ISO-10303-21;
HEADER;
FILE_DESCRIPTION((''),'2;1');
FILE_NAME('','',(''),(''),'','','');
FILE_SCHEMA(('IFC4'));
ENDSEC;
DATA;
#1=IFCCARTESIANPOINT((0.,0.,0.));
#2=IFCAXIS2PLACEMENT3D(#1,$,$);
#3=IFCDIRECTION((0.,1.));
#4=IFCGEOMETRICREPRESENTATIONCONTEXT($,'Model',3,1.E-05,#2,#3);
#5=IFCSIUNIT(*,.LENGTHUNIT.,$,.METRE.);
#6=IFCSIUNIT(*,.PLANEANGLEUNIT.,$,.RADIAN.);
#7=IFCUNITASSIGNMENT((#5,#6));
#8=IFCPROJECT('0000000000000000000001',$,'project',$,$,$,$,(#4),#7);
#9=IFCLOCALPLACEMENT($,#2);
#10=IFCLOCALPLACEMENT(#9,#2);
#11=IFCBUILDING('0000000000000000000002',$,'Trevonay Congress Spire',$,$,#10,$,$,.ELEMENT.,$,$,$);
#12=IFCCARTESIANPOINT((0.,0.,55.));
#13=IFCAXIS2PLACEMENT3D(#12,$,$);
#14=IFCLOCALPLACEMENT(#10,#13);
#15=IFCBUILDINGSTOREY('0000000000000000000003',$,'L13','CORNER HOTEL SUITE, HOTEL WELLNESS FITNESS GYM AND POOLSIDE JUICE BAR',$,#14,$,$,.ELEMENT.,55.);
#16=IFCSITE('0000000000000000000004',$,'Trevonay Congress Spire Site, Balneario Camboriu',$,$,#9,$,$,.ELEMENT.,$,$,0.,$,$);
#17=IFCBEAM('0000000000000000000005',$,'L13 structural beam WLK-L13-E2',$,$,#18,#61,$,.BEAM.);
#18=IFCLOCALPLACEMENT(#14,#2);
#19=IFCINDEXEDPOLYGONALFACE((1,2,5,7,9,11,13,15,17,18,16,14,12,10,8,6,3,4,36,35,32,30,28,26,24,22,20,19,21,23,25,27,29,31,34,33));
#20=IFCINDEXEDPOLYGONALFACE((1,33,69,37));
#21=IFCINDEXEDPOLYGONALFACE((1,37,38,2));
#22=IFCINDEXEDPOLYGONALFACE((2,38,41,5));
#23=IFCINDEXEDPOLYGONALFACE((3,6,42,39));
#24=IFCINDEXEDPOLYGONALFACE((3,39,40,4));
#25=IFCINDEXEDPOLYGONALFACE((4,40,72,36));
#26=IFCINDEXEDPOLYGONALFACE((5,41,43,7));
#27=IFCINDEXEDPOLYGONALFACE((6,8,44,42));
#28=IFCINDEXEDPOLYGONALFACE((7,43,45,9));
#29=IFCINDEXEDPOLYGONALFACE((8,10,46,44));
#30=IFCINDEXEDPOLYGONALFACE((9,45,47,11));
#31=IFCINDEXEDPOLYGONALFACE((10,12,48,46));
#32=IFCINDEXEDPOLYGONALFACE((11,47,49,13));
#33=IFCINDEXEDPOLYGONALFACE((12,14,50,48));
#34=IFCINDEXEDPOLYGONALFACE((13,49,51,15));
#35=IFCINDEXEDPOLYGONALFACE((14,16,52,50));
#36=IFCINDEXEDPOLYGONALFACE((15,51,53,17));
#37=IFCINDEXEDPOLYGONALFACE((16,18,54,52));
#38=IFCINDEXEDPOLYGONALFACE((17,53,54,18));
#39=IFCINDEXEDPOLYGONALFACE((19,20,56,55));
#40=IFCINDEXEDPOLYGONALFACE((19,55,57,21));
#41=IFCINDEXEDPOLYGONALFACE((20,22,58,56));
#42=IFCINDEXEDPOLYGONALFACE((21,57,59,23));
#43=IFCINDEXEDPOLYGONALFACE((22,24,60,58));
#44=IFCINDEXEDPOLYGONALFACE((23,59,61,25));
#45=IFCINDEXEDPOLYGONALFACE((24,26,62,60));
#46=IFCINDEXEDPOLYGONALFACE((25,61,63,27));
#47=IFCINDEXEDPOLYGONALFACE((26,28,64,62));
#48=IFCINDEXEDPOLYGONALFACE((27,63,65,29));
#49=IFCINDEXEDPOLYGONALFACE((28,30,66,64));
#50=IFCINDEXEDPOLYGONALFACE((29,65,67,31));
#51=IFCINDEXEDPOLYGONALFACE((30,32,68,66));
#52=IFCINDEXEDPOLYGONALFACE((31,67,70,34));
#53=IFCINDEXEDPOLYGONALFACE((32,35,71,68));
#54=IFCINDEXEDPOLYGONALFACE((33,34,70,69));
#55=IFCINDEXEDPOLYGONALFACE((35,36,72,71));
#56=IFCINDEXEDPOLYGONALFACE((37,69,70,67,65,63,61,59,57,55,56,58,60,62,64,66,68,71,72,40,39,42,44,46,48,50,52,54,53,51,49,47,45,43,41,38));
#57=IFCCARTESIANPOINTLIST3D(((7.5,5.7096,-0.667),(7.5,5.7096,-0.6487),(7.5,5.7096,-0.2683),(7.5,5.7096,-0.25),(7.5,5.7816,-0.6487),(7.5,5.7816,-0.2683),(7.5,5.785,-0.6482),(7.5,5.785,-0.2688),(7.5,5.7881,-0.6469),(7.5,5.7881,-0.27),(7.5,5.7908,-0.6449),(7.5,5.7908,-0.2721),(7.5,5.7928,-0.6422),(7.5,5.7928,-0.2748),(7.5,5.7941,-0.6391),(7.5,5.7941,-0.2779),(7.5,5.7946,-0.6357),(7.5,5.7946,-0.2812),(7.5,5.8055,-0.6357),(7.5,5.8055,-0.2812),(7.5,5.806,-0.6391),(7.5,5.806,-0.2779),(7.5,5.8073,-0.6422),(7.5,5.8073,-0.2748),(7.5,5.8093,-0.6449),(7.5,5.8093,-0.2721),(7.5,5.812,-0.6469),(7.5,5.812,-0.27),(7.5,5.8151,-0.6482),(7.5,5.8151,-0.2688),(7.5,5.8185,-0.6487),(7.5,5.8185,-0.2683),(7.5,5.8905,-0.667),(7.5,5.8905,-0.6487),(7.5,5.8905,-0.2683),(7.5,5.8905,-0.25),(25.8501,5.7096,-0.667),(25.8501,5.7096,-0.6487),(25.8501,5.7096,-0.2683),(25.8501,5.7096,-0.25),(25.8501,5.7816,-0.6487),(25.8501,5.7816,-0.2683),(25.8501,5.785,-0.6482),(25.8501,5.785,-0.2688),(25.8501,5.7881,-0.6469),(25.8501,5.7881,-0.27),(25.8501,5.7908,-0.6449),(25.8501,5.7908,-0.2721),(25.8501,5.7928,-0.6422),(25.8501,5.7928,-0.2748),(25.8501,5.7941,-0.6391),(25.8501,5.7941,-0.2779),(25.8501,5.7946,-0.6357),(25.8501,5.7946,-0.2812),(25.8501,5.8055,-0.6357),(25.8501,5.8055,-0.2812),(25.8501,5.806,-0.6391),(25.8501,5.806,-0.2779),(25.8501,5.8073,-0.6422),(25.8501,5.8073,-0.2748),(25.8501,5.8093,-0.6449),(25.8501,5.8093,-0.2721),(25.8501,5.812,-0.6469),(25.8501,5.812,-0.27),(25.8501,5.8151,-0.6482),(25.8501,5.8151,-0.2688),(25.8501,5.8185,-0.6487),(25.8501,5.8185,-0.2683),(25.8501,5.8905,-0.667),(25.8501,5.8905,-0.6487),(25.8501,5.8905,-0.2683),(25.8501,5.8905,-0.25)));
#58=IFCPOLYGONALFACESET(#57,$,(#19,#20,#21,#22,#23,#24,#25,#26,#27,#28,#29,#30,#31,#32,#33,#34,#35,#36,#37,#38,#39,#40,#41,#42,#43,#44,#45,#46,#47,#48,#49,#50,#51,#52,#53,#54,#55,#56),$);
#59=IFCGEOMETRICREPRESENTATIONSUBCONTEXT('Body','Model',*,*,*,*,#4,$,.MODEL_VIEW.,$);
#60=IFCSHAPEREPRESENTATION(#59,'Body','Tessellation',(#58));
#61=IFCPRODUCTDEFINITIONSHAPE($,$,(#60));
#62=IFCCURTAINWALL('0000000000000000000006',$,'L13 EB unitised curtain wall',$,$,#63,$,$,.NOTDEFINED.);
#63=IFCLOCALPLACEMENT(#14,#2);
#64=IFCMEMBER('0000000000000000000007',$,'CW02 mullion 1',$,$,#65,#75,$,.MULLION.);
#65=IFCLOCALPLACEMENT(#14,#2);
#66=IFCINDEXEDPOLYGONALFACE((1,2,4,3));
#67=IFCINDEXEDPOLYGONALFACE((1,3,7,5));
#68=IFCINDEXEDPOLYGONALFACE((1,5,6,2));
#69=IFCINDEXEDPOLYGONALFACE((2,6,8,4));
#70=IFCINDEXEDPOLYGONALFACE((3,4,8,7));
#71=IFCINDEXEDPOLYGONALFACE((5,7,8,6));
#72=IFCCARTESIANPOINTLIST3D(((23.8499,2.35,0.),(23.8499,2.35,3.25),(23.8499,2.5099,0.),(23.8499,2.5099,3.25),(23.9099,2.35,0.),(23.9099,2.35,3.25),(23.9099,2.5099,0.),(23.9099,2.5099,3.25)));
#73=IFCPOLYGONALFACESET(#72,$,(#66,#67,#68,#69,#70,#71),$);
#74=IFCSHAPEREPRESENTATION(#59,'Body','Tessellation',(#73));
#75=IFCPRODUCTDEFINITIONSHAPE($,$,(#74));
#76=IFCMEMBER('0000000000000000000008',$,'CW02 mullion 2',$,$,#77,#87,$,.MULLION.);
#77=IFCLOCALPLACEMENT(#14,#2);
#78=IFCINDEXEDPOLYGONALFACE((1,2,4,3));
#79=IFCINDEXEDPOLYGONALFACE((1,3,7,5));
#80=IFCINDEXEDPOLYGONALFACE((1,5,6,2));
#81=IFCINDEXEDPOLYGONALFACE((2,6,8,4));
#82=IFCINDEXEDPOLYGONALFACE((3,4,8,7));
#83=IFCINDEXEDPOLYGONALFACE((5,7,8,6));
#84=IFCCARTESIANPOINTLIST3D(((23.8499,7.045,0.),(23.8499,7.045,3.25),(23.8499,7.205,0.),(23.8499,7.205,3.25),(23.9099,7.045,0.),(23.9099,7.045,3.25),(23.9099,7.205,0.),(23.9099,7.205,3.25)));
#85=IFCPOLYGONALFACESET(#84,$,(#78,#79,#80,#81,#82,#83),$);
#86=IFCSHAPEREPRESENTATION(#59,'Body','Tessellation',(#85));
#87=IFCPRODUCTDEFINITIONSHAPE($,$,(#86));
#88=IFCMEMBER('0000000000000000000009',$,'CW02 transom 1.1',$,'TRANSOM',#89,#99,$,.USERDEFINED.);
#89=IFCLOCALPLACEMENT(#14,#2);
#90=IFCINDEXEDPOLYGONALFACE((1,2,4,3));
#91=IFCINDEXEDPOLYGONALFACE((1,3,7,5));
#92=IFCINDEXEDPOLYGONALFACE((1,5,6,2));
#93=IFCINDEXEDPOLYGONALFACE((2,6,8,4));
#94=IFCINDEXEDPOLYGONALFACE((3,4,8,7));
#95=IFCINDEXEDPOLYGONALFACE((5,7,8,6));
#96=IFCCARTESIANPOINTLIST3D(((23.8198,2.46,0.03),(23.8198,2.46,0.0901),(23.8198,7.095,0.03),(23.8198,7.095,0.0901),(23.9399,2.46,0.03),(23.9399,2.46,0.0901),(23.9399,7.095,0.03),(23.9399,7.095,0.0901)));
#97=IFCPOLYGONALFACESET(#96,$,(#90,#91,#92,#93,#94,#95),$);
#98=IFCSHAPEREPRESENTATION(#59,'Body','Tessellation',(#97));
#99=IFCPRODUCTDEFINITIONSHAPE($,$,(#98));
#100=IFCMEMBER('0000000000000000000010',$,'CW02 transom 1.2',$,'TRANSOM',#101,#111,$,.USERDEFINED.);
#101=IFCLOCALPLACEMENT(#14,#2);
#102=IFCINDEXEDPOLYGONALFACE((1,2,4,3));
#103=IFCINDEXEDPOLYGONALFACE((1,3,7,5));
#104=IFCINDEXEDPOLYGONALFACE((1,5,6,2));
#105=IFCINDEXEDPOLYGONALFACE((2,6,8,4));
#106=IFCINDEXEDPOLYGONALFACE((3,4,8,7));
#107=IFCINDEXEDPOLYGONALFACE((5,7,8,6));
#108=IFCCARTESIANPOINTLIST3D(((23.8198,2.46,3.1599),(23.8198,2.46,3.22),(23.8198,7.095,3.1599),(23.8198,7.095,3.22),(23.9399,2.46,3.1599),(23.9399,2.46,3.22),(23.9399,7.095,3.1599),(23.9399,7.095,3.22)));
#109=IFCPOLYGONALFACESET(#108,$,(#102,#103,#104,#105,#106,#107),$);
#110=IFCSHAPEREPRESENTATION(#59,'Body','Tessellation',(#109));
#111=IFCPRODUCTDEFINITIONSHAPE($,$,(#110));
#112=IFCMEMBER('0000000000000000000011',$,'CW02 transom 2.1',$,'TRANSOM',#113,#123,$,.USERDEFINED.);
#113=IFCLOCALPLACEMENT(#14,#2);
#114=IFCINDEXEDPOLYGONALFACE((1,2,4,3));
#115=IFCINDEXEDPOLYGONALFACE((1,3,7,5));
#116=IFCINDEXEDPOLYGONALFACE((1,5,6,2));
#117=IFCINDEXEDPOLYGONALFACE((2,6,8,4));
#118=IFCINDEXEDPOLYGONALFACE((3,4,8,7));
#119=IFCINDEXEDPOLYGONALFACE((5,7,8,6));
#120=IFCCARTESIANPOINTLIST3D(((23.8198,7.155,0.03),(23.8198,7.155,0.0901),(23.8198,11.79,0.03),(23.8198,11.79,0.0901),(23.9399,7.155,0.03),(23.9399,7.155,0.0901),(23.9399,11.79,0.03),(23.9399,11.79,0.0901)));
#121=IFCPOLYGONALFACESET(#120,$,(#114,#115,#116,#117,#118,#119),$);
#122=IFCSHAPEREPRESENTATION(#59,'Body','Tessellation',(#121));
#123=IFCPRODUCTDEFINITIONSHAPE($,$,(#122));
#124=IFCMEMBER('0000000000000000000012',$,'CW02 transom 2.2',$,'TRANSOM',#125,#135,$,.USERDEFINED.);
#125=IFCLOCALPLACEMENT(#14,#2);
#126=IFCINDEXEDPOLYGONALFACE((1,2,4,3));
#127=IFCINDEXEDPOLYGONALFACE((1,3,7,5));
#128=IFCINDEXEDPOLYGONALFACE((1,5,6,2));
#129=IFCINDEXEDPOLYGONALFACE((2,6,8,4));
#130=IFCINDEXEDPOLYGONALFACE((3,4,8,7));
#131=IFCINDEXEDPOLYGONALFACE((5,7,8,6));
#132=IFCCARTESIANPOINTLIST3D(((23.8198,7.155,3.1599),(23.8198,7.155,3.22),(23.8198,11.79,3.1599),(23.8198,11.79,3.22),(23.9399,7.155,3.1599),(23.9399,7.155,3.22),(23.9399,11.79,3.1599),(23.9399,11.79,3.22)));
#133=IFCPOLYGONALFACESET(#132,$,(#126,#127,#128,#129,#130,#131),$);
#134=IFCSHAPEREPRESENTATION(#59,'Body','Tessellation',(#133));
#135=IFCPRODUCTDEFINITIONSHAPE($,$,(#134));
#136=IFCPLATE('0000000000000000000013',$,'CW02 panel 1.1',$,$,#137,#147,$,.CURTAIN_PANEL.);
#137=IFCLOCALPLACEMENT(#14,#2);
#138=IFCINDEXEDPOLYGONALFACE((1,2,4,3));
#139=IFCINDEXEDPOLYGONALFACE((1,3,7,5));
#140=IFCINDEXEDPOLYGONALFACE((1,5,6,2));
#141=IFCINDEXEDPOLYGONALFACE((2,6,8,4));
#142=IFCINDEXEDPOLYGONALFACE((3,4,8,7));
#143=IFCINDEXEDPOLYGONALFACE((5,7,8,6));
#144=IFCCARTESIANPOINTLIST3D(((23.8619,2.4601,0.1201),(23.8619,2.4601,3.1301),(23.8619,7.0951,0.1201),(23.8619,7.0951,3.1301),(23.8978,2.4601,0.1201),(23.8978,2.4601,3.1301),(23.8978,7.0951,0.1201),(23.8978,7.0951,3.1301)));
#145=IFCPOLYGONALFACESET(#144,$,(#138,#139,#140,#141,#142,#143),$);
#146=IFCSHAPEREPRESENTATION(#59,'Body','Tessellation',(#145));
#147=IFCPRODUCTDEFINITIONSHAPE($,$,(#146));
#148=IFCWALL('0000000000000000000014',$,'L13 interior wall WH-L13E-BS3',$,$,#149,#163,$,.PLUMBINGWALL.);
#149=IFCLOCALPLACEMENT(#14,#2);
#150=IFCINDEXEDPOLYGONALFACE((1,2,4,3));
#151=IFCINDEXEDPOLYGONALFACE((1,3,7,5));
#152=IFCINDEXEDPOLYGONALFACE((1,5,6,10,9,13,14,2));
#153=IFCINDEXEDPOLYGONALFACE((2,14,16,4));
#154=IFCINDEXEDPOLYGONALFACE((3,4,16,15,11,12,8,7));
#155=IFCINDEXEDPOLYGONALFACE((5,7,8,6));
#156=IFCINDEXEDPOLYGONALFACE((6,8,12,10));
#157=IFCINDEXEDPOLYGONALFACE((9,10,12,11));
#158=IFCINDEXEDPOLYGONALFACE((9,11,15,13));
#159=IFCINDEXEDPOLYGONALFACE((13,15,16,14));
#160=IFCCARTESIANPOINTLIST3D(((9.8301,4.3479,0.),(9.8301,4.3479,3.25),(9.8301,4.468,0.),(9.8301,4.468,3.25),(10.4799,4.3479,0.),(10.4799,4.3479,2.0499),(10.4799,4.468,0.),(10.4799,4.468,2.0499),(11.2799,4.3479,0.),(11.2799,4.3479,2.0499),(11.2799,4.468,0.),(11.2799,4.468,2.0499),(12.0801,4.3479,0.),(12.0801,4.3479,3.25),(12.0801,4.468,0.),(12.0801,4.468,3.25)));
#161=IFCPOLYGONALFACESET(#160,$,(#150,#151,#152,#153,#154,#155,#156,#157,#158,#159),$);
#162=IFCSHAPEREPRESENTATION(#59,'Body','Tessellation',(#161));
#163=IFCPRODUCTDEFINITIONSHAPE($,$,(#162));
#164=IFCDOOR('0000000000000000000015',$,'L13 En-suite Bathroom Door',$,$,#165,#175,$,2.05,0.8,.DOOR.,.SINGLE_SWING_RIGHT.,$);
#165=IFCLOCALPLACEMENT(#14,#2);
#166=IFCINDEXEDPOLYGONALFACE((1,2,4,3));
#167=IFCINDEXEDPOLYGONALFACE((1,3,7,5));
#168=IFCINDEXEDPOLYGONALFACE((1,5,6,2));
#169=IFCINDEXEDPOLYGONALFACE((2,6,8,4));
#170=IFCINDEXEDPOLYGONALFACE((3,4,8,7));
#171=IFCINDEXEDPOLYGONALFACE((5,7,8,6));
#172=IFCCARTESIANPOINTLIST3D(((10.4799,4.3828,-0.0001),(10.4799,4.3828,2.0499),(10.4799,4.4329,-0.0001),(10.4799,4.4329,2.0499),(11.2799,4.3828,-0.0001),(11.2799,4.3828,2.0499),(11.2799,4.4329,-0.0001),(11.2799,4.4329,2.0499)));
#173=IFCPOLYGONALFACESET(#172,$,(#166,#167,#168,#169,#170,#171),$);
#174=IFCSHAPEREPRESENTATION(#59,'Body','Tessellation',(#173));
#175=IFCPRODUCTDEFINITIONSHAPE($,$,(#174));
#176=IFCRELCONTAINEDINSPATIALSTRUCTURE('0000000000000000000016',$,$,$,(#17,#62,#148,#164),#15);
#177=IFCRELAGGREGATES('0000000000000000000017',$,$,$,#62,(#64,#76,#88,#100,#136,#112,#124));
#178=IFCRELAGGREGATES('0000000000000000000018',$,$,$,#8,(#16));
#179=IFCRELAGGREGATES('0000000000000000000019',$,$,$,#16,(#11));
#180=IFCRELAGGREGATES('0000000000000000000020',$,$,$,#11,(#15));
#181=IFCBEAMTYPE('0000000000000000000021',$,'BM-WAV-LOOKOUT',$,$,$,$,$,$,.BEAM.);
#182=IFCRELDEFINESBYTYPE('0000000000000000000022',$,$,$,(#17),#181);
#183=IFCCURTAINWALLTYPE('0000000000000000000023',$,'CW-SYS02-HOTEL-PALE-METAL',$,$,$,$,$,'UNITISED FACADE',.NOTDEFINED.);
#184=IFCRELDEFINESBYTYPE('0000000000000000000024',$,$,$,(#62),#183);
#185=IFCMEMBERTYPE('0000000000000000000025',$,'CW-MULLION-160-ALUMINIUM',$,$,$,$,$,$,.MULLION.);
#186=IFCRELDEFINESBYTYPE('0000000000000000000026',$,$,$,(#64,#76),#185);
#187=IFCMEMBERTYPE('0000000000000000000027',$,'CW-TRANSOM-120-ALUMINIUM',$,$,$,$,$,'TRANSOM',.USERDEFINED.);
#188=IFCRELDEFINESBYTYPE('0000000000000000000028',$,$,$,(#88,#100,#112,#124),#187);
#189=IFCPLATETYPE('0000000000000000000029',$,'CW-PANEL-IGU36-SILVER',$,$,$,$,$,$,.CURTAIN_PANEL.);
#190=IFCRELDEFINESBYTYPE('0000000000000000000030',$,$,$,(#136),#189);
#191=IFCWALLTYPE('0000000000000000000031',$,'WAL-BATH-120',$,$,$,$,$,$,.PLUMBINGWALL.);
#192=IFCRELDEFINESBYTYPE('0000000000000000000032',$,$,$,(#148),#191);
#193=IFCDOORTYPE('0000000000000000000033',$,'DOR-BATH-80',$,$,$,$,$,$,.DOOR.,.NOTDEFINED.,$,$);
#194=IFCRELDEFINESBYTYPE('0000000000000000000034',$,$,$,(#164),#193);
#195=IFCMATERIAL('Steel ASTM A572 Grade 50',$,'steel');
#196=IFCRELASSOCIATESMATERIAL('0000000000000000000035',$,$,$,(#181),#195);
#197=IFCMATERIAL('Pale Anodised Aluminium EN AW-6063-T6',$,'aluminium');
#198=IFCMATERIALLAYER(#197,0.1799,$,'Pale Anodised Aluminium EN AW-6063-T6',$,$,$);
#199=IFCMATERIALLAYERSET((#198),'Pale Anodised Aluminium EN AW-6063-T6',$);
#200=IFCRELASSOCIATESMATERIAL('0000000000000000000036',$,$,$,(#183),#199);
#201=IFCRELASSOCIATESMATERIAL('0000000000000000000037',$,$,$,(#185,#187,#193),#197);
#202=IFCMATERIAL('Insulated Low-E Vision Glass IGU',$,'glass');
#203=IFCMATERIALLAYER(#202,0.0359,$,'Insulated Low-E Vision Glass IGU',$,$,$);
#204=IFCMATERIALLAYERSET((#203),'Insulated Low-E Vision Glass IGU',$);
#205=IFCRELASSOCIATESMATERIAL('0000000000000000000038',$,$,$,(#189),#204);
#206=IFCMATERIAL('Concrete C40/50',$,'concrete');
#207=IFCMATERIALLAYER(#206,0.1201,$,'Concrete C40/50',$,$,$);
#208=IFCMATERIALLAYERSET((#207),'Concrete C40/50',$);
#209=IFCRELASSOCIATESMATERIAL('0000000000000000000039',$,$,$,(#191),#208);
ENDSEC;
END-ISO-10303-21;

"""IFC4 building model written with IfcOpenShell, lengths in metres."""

from ifc_helpers import new_model, si_unit, direction, frame, frame_2d, origin, origin_2d, place, context, subcontext, project, spatial, rectangle, i_section, extrude, material, layer, layer_set, material_profile, profile_set, type_object, element, fill, aggregate, save


model = new_model("IFC4")

# Units and contexts
model_context = context("Model", 3, precision=1e-05, world=origin(), true_north=direction((0.0, 1.0)))
body_context = subcontext(model_context, "Body", "Model", "MODEL_VIEW")
ifc_project = project(units=[si_unit("LENGTHUNIT", "METRE"), si_unit("PLANEANGLEUNIT", "RADIAN")], contexts=[model_context])

# Site, building, storey
site_placement = place(None, origin())
site = spatial("IfcSite", under=ifc_project, at=site_placement, Name="Trevonay Congress Spire Site, Balneario Camboriu", CompositionType="ELEMENT", RefElevation=0.0)
building_placement = place(site_placement, origin())
building = spatial("IfcBuilding", under=site, at=building_placement, Name="Trevonay Congress Spire", CompositionType="ELEMENT")
storey_placement = place(building_placement, frame((0.0, 0.0, 55.0)))
storey = spatial("IfcBuildingStorey", under=building, at=storey_placement, Name="L13", Description="CORNER HOTEL SUITE, HOTEL WELLNESS FITNESS GYM AND POOLSIDE JUICE BAR", CompositionType="ELEMENT", Elevation=55.0)

# Shared definitions
ifc_material_1 = material(Name="Steel ASTM A572 Grade 50", Category="steel")

# Beam
ifc_material_profile_1 = material_profile(ifc_material_1, i_section(OverallWidth=0.1809, OverallDepth=0.417, WebThickness=0.011, FlangeThickness=0.0183, FilletRadius=0.0129, at=origin_2d()), Name="W410x85")
ifc_profile_set_1 = profile_set([ifc_material_profile_1], Name="Steel ASTM A572 Grade 50")
beam_type_1 = type_object("IfcBeamType", Name="BM-WAV-LOOKOUT", PredefinedType="BEAM", material=ifc_profile_set_1)
beam_1_placement = place(storey_placement, frame((7.5, 5.8, -0.4585), z_axis=(1.0, 0.0, 0.0), x_axis=(0.0, 1.0, 0.0)))
element("IfcBeam", 1, at=beam_1_placement, inside=storey, type_object=beam_type_1, Name="L13 structural beam WLK-L13-E2", PredefinedType="BEAM", context=body_context, shape_type="SweptSolid", body=[
    extrude(i_section(OverallWidth=0.1809, OverallDepth=0.417, WebThickness=0.011, FlangeThickness=0.0183, FilletRadius=0.0129, at=origin_2d()), origin(), (0.0, 0.0, 1.0), 18.3501),
])

# Curtain wall, members, plate
ifc_material_2 = material(Name="Pale Anodised Aluminium EN AW-6063-T6", Category="aluminium")
ifc_layer_1 = layer(ifc_material_2, 0.1799, Name="Pale Anodised Aluminium EN AW-6063-T6")
ifc_layer_set_1 = layer_set([ifc_layer_1], Name="Pale Anodised Aluminium EN AW-6063-T6")
curtain_wall_type = type_object("IfcCurtainWallType", Name="CW-SYS02-HOTEL-PALE-METAL", ElementType="UNITISED FACADE", PredefinedType="NOTDEFINED", material=ifc_layer_set_1)
curtain_wall_placement = place(storey_placement, origin())
curtain_wall = element("IfcCurtainWall", 2, at=curtain_wall_placement, inside=storey, type_object=curtain_wall_type, Name="L13 EB unitised curtain wall", PredefinedType="NOTDEFINED")
ifc_material_profile_2 = material_profile(ifc_material_2, rectangle(XDim=0.0601, YDim=0.1599, at=origin_2d()), Name="CW-MULLION-160-ALUMINIUM")
ifc_profile_set_2 = profile_set([ifc_material_profile_2], Name="Pale Anodised Aluminium EN AW-6063-T6")
member_type_1 = type_object("IfcMemberType", Name="CW-MULLION-160-ALUMINIUM", PredefinedType="MULLION", material=ifc_profile_set_2)
member_1_placement = place(storey_placement, frame((23.8799, 2.4299, 0.0), z_axis=(0.0, 0.0, 1.0), x_axis=(-1.0, 0.0, 0.0)))
member_1 = element("IfcMember", 3, at=member_1_placement, type_object=member_type_1, Name="CW02 mullion 1", PredefinedType="MULLION", context=body_context, shape_type="SweptSolid", body=[
    extrude(rectangle(XDim=0.0601, YDim=0.1599, at=origin_2d()), origin(), (0.0, 0.0, 1.0), 3.25),
])
member_2_placement = place(storey_placement, frame((23.8799, 7.125, 0.0), z_axis=(0.0, 0.0, 1.0), x_axis=(-1.0, 0.0, 0.0)))
member_2 = element("IfcMember", 4, at=member_2_placement, type_object=member_type_1, Name="CW02 mullion 2", PredefinedType="MULLION", context=body_context, shape_type="SweptSolid", body=[
    extrude(rectangle(XDim=0.0601, YDim=0.1599, at=origin_2d()), origin(), (0.0, 0.0, 1.0), 3.25),
])
ifc_material_profile_3 = material_profile(ifc_material_2, rectangle(XDim=0.1201, YDim=0.0601, at=origin_2d()), Name="CW-TRANSOM-120-ALUMINIUM")
ifc_profile_set_3 = profile_set([ifc_material_profile_3], Name="Pale Anodised Aluminium EN AW-6063-T6")
member_type_2 = type_object("IfcMemberType", Name="CW-TRANSOM-120-ALUMINIUM", ElementType="TRANSOM", PredefinedType="USERDEFINED", material=ifc_profile_set_3)
member_3_placement = place(storey_placement, frame((23.8799, 2.46, 0.0601), z_axis=(0.0, 1.0, 0.0), x_axis=(-1.0, 0.0, 0.0)))
member_3 = element("IfcMember", 5, at=member_3_placement, type_object=member_type_2, Name="CW02 transom 1.1", ObjectType="TRANSOM", PredefinedType="USERDEFINED", context=body_context, shape_type="SweptSolid", body=[
    extrude(rectangle(XDim=0.1201, YDim=0.0601, at=origin_2d()), origin(), (0.0, 0.0, 1.0), 4.635),
])
member_4_placement = place(storey_placement, frame((23.8799, 2.46, 3.1899), z_axis=(0.0, 1.0, 0.0), x_axis=(-1.0, 0.0, 0.0)))
member_4 = element("IfcMember", 6, at=member_4_placement, type_object=member_type_2, Name="CW02 transom 1.2", ObjectType="TRANSOM", PredefinedType="USERDEFINED", context=body_context, shape_type="SweptSolid", body=[
    extrude(rectangle(XDim=0.1201, YDim=0.0601, at=origin_2d()), origin(), (0.0, 0.0, 1.0), 4.635),
])
member_5_placement = place(storey_placement, frame((23.8799, 7.155, 0.0601), z_axis=(0.0, 1.0, 0.0), x_axis=(-1.0, 0.0, 0.0)))
member_5 = element("IfcMember", 7, at=member_5_placement, type_object=member_type_2, Name="CW02 transom 2.1", ObjectType="TRANSOM", PredefinedType="USERDEFINED", context=body_context, shape_type="SweptSolid", body=[
    extrude(rectangle(XDim=0.1201, YDim=0.0601, at=origin_2d()), origin(), (0.0, 0.0, 1.0), 4.635),
])
member_6_placement = place(storey_placement, frame((23.8799, 7.155, 3.1899), z_axis=(0.0, 1.0, 0.0), x_axis=(-1.0, 0.0, 0.0)))
member_6 = element("IfcMember", 8, at=member_6_placement, type_object=member_type_2, Name="CW02 transom 2.2", ObjectType="TRANSOM", PredefinedType="USERDEFINED", context=body_context, shape_type="SweptSolid", body=[
    extrude(rectangle(XDim=0.1201, YDim=0.0601, at=origin_2d()), origin(), (0.0, 0.0, 1.0), 4.635),
])
ifc_material_3 = material(Name="Insulated Low-E Vision Glass IGU", Category="glass")
ifc_layer_2 = layer(ifc_material_3, 0.0359, Name="Insulated Low-E Vision Glass IGU")
ifc_layer_set_2 = layer_set([ifc_layer_2], Name="Insulated Low-E Vision Glass IGU")
plate_type = type_object("IfcPlateType", Name="CW-PANEL-IGU36-SILVER", PredefinedType="CURTAIN_PANEL", material=ifc_layer_set_2)
plate_placement = place(storey_placement, frame((23.8799, 4.7776, 0.1201), z_axis=(0.0, 0.0, 1.0), x_axis=(0.0, 1.0, 0.0)))
plate = element("IfcPlate", 9, at=plate_placement, type_object=plate_type, Name="CW02 panel 1.1", PredefinedType="CURTAIN_PANEL", context=body_context, shape_type="SweptSolid", body=[
    extrude(rectangle(XDim=4.635, YDim=0.0359, at=origin_2d()), origin(), (0.0, 0.0, 1.0), 3.01),
])
aggregate(curtain_wall, [member_1, member_2, member_3, member_4, plate, member_5, member_6])

# Wall, opening, door
ifc_material_4 = material(Name="Concrete C40/50", Category="concrete")
ifc_layer_3 = layer(ifc_material_4, 0.1201, Name="Concrete C40/50")
ifc_layer_set_3 = layer_set([ifc_layer_3], Name="Concrete C40/50")
wall_type_1 = type_object("IfcWallType", Name="WAL-BATH-120", PredefinedType="PLUMBINGWALL", material=ifc_layer_set_3)
wall_1_placement = place(storey_placement, frame((9.8301, 4.408, 0.0), z_axis=(0.0, 0.0, 1.0), x_axis=(1.0, 0.0, 0.0)))
wall_1 = element("IfcWall", 10, at=wall_1_placement, inside=storey, type_object=wall_type_1, Name="L13 interior wall WH-L13E-BS3", PredefinedType="PLUMBINGWALL", context=body_context, shape_type="SweptSolid", body=[
    extrude(rectangle(XDim=2.25, YDim=0.1201, at=frame_2d((1.125, 0.0))), origin(), (0.0, 0.0, 1.0), 3.25),
])
opening_1_placement = place(wall_1_placement, frame((0.6499, 0.0, 0.0)))
opening_1 = element("IfcOpeningElement", 11, at=opening_1_placement, cuts=wall_1, PredefinedType="OPENING", context=body_context, shape_type="SweptSolid", body=[
    extrude(rectangle(XDim=0.8, YDim=2.05, at=frame_2d((0.3999, 1.0249))), frame((0.0, 0.0701, 0.0), z_axis=(0.0, -1.0, 0.0), x_axis=(1.0, 0.0, 0.0)), (0.0, 0.0, 1.0), 0.1401),
])
door_type_1 = type_object("IfcDoorType", Name="DOR-BATH-80", OperationType="NOTDEFINED", PredefinedType="DOOR", material=ifc_material_2)
door_1_placement = place(opening_1_placement, origin())
door_1 = element("IfcDoor", 12, at=door_1_placement, inside=storey, type_object=door_type_1, Name="L13 En-suite Bathroom Door", OperationType="SINGLE_SWING_RIGHT", OverallHeight=2.05, OverallWidth=0.8, PredefinedType="DOOR", context=body_context, shape_type="SweptSolid", body=[
    extrude(rectangle(XDim=0.8, YDim=2.05, at=frame_2d((0.3999, 1.0249))), frame((0.0, 0.0249, 0.0), z_axis=(0.0, -1.0, 0.0), x_axis=(1.0, 0.0, 0.0)), (0.0, 0.0, 1.0), 0.05),
])
fill(opening_1, door_1)

save(model, "model.ifc")
